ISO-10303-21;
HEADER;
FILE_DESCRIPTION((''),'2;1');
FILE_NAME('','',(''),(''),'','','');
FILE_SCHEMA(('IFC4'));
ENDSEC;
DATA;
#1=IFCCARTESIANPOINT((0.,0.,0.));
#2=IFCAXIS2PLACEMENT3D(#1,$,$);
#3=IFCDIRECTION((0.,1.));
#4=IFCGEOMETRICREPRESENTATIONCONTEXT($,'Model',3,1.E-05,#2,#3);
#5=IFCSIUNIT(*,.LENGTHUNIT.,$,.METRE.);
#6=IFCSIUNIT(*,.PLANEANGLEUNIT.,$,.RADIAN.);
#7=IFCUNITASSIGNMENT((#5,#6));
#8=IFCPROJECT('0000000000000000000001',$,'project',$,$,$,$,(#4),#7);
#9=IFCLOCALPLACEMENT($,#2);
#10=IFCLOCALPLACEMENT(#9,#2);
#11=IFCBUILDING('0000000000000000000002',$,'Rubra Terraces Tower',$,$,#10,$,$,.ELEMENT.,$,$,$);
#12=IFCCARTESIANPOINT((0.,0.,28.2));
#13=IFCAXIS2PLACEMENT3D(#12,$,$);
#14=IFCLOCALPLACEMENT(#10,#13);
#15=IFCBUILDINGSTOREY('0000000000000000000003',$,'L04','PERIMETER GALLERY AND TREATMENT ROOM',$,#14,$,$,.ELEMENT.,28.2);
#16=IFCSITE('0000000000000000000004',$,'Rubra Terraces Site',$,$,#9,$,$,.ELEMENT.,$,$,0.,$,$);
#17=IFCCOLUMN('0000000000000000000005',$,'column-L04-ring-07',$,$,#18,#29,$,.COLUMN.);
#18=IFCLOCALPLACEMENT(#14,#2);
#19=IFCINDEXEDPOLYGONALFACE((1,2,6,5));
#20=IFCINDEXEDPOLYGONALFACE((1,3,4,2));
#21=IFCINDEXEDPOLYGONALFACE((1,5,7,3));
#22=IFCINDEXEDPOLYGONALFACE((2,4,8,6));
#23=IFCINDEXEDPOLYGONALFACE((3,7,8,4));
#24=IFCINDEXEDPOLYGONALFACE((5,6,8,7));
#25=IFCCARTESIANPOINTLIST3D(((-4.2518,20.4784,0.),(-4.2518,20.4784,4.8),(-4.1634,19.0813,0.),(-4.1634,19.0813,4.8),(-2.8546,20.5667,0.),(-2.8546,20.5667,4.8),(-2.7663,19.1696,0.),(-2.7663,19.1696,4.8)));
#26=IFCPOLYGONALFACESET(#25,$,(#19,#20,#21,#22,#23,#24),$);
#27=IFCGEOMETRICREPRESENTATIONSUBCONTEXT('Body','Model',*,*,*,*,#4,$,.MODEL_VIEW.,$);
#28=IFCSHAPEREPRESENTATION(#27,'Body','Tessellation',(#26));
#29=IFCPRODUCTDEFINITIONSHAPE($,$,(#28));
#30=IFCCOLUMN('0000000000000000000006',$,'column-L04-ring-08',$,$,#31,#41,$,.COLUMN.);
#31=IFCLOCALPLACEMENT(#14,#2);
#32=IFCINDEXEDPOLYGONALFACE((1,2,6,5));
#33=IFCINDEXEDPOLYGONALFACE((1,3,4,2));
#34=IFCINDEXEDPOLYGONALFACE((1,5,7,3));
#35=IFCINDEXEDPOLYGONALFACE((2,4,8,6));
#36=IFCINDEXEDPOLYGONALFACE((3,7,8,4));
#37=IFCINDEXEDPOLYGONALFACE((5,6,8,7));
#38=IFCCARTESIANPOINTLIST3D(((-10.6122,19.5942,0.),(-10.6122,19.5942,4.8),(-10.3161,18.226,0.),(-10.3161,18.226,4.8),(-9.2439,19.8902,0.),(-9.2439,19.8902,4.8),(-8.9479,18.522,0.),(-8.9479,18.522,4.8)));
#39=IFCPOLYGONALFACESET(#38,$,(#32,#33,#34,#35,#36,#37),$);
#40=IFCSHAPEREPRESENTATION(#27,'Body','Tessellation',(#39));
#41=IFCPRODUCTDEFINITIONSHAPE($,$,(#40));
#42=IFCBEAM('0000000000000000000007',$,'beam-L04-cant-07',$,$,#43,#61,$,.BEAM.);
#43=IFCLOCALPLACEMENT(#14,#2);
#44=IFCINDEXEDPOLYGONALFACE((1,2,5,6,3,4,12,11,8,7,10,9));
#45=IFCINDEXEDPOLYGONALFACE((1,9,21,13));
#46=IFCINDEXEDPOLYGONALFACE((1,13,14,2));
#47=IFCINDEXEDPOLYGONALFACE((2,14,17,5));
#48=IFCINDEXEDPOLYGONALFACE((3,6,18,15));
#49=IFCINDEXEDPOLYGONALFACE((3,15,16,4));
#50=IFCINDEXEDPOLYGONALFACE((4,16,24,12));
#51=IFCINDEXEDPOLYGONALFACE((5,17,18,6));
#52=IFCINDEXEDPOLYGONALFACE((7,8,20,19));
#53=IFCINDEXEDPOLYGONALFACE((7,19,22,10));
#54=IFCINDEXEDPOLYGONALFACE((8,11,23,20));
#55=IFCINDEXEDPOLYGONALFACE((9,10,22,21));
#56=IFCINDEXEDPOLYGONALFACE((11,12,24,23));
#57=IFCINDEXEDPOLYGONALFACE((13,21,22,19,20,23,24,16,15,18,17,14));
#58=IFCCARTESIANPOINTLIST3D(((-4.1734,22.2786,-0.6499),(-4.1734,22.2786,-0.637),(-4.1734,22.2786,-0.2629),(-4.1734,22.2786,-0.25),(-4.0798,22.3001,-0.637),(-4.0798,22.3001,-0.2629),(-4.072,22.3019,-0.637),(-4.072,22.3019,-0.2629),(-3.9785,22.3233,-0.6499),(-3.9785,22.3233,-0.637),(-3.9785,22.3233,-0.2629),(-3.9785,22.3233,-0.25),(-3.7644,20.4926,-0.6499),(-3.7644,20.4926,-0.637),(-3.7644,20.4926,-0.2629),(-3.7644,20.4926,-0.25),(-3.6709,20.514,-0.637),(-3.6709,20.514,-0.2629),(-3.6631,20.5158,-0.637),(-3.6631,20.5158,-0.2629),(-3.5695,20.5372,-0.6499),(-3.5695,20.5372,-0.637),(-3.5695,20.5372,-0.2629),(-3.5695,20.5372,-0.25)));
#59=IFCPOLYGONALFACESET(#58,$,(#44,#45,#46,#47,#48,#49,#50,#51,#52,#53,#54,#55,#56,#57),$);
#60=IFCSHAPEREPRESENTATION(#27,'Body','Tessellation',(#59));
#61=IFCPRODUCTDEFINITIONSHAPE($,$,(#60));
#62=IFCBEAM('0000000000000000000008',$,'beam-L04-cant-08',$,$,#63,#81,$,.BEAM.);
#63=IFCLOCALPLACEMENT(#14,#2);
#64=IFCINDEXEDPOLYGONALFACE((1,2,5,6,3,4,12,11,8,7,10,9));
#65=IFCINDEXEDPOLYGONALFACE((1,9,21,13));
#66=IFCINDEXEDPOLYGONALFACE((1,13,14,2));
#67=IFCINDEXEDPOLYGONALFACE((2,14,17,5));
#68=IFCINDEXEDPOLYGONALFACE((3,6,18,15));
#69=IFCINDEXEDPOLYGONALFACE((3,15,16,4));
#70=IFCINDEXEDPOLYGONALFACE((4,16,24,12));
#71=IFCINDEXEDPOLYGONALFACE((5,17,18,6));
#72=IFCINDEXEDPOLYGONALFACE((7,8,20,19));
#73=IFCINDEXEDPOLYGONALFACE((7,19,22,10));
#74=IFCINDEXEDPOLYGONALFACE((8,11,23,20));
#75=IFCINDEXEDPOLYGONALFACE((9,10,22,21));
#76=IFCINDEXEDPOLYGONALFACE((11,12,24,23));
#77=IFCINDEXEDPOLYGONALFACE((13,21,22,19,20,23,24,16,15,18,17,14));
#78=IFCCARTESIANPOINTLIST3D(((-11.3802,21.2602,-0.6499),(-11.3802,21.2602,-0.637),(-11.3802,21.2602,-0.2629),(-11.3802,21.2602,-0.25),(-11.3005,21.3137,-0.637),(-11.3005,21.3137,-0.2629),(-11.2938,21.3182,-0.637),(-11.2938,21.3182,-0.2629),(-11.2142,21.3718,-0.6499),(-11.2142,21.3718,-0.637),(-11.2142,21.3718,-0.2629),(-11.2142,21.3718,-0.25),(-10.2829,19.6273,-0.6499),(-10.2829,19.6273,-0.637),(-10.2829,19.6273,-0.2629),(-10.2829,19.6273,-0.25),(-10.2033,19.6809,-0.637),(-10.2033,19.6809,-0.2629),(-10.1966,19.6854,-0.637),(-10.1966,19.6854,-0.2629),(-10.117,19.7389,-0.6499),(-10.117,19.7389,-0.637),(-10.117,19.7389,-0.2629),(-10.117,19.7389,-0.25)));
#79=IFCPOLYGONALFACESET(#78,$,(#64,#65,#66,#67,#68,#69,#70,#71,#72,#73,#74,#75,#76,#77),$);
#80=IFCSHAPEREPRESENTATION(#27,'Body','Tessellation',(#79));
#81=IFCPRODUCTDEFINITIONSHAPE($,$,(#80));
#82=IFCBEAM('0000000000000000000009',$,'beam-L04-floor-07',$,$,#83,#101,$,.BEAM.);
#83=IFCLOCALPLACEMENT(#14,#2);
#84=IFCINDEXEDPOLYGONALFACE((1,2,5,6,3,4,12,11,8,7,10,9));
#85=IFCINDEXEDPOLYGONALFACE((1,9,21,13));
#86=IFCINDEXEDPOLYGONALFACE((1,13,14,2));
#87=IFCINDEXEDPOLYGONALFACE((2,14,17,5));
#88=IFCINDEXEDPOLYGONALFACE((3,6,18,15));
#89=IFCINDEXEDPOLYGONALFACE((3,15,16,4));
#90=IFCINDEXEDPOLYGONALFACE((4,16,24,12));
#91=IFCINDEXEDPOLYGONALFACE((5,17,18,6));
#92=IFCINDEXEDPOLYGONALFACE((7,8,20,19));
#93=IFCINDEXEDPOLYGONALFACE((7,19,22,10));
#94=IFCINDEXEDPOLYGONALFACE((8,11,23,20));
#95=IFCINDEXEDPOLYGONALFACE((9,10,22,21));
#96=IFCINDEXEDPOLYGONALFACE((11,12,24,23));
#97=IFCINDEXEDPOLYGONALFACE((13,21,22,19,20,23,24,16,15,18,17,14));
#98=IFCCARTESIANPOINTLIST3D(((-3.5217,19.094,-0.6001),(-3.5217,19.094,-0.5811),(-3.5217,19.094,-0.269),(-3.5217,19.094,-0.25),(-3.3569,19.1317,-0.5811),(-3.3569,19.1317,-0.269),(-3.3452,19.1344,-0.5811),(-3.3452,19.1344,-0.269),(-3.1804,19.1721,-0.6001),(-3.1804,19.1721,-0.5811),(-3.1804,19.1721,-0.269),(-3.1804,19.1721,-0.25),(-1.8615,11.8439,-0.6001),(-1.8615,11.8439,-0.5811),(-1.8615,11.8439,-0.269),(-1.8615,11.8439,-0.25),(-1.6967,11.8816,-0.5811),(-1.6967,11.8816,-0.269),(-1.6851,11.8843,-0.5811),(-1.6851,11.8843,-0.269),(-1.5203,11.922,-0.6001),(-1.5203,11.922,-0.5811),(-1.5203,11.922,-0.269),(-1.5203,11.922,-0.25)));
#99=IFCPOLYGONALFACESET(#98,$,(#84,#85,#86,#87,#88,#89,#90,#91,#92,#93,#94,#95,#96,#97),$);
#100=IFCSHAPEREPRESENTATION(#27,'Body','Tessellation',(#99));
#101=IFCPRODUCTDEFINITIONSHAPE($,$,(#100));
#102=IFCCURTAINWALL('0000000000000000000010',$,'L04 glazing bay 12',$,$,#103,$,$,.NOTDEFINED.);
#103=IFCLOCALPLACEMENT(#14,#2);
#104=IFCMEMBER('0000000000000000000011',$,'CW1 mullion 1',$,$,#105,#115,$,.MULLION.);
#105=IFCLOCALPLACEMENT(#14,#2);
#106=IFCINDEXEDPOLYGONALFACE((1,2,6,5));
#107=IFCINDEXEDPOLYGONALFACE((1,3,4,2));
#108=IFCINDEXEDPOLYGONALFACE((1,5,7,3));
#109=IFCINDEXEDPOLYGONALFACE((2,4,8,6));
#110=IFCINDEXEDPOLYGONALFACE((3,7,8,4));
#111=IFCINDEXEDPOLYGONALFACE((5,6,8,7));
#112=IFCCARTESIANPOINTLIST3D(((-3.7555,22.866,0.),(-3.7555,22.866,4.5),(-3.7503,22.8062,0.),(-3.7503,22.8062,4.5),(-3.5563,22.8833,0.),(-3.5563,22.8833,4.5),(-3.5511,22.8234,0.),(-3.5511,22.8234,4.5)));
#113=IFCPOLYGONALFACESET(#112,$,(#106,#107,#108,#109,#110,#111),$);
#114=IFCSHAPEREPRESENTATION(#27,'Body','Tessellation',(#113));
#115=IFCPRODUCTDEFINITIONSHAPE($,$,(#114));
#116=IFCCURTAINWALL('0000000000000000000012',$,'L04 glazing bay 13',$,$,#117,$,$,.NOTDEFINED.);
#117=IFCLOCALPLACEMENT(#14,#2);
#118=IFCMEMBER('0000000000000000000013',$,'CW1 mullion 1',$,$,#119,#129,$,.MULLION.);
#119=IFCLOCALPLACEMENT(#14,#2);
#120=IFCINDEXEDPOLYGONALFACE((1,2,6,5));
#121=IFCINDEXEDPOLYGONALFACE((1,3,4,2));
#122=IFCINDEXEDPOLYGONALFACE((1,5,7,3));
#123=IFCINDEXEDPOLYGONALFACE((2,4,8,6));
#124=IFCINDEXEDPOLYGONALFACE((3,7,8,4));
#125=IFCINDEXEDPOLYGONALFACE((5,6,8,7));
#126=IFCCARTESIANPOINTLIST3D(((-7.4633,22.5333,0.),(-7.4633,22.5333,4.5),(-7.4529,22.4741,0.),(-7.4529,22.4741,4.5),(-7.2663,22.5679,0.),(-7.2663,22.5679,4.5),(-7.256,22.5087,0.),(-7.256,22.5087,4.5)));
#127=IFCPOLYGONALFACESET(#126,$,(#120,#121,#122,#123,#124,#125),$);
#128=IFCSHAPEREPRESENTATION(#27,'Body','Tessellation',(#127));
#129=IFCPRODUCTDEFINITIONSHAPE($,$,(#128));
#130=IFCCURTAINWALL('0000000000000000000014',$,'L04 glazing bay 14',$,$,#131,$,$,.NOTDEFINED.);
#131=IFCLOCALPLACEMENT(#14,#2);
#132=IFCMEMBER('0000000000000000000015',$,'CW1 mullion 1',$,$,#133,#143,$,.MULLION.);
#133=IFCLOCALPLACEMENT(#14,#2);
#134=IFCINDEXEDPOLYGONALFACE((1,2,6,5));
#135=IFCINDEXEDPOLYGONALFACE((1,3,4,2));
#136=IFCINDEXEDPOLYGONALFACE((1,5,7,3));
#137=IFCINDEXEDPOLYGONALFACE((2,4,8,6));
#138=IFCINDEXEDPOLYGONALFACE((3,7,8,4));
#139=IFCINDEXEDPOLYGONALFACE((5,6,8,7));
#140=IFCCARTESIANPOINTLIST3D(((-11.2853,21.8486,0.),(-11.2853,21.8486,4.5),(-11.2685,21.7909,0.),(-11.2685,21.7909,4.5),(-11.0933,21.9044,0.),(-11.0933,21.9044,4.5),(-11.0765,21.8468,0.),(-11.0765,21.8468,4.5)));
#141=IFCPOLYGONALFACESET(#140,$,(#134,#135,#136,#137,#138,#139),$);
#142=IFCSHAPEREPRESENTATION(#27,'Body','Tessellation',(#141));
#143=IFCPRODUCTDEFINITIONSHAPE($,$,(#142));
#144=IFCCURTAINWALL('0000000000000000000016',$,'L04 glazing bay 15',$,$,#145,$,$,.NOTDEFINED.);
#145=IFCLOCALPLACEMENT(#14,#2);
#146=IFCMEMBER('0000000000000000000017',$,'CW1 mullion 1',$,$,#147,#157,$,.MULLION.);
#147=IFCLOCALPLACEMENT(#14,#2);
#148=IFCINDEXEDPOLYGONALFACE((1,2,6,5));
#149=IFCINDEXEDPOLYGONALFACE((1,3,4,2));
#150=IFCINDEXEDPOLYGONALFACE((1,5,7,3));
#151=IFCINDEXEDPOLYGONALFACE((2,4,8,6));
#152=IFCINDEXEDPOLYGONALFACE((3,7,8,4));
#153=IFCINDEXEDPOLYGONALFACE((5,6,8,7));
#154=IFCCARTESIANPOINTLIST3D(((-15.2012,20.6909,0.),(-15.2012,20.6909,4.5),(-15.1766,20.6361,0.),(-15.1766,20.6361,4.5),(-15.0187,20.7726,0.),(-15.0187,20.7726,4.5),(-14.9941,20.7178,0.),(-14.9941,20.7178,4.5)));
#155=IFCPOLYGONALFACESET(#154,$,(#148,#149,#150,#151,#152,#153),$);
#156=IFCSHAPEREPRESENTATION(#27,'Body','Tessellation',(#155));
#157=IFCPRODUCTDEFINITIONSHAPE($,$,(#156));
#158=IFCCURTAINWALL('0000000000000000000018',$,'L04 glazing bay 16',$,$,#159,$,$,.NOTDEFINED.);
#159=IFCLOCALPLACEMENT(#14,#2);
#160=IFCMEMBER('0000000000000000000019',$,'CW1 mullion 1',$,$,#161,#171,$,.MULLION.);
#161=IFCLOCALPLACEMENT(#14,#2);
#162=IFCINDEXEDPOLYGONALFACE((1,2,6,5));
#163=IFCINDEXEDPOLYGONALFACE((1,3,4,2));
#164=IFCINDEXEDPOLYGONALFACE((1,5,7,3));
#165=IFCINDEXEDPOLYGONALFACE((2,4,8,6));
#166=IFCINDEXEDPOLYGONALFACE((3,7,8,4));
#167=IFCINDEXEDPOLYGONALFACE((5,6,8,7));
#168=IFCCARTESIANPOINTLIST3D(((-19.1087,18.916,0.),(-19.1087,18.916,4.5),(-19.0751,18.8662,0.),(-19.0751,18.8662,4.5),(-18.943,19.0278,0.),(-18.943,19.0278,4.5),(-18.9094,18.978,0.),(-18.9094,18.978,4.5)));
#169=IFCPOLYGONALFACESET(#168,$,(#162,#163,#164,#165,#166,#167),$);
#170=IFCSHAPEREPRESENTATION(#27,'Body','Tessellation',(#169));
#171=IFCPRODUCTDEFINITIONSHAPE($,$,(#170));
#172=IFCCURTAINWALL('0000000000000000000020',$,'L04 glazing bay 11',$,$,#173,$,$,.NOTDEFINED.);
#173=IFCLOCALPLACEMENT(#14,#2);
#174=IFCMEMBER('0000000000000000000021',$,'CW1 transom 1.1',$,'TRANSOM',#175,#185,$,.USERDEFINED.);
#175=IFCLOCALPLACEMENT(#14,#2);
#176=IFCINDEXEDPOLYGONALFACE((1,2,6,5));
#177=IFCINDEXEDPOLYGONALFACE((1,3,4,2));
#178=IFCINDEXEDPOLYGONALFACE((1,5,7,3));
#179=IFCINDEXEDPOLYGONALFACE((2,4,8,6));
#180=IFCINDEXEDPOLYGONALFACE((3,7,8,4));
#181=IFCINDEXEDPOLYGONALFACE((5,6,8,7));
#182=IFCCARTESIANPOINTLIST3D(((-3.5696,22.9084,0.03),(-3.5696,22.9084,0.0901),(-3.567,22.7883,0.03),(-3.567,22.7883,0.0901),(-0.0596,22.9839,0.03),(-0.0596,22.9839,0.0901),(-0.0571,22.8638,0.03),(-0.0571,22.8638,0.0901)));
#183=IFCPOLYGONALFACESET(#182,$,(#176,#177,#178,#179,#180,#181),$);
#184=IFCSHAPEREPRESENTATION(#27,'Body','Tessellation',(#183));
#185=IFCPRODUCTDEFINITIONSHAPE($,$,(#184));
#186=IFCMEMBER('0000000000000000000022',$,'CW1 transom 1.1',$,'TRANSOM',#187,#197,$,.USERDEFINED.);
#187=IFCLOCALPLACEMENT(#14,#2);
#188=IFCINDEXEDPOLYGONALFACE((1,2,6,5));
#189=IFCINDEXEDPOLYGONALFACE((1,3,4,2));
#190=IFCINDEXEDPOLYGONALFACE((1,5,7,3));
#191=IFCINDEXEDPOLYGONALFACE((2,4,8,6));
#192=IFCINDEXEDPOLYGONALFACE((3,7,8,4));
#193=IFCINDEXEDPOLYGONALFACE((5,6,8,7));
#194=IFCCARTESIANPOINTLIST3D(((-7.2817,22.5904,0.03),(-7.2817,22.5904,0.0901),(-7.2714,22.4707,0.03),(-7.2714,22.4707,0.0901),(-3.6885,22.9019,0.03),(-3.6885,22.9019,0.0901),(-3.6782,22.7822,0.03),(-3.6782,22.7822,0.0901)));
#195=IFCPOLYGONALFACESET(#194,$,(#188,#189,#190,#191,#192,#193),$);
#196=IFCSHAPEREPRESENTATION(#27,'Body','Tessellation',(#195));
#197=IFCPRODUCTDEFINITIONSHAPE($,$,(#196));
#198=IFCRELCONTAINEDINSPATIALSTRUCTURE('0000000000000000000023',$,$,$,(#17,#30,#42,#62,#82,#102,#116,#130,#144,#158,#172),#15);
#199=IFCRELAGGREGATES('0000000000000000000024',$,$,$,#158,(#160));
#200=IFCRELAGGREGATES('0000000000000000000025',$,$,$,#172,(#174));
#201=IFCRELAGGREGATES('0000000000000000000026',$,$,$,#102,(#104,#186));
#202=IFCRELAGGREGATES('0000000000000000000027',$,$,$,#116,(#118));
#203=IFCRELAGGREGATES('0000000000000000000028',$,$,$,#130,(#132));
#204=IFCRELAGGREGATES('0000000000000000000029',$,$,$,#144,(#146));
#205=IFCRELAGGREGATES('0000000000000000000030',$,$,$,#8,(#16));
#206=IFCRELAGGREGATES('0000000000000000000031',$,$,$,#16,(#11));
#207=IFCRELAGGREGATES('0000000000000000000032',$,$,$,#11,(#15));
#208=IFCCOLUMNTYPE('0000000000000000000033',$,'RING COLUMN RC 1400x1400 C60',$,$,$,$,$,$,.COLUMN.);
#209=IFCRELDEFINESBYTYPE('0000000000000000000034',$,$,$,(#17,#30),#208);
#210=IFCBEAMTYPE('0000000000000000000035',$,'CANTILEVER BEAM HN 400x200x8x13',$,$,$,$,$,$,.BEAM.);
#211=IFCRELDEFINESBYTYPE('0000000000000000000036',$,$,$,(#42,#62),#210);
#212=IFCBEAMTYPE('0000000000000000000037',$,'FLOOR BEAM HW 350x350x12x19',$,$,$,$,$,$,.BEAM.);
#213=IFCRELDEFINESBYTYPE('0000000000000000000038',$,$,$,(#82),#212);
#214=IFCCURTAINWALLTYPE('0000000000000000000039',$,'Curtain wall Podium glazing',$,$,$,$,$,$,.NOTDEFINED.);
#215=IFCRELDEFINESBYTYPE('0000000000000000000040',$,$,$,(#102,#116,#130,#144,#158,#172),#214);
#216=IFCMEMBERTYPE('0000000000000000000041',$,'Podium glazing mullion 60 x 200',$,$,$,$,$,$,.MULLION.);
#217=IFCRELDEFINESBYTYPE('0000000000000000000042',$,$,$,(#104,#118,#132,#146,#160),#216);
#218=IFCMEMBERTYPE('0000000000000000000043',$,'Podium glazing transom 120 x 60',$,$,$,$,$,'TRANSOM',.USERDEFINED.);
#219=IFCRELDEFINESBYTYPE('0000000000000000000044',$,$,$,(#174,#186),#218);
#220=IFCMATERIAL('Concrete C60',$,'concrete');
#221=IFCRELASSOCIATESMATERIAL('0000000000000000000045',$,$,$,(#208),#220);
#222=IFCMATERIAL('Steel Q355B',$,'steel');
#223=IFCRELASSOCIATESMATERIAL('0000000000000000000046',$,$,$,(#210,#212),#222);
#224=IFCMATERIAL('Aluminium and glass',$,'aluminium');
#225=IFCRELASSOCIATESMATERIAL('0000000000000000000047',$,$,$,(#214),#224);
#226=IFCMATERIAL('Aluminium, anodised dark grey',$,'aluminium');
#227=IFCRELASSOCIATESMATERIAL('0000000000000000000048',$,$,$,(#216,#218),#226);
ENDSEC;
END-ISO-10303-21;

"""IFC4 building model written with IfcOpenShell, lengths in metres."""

from ifc_helpers import new_model, si_unit, direction, frame, origin, origin_2d, place, context, subcontext, project, spatial, rectangle, i_section, extrude, material, material_profile, profile_set, type_object, element, aggregate, save


model = new_model("IFC4")

# Units and contexts
model_context = context("Model", 3, precision=1e-05, world=origin(), true_north=direction((0.0, 1.0)))
body_context = subcontext(model_context, "Body", "Model", "MODEL_VIEW")
ifc_project = project(units=[si_unit("LENGTHUNIT", "METRE"), si_unit("PLANEANGLEUNIT", "RADIAN")], contexts=[model_context])

# Site, building, storey
site_placement = place(None, origin())
site = spatial("IfcSite", under=ifc_project, at=site_placement, Name="Rubra Terraces Site", CompositionType="ELEMENT", RefElevation=0.0)
building_placement = place(site_placement, origin())
building = spatial("IfcBuilding", under=site, at=building_placement, Name="Rubra Terraces Tower", CompositionType="ELEMENT")
storey_placement = place(building_placement, frame((0.0, 0.0, 28.2)))
storey = spatial("IfcBuildingStorey", under=building, at=storey_placement, Name="L04", Description="PERIMETER GALLERY AND TREATMENT ROOM", CompositionType="ELEMENT", Elevation=28.2)

# Columns
ifc_material_1 = material(Name="Concrete C60", Category="concrete")
ifc_material_profile_1 = material_profile(ifc_material_1, rectangle(XDim=1.3999, YDim=1.3999, at=origin_2d()), Name="RC 1400x1400")
ifc_profile_set_1 = profile_set([ifc_material_profile_1], Name="Concrete C60")
column_type = type_object("IfcColumnType", Name="RING COLUMN RC 1400x1400 C60", PredefinedType="COLUMN", material=ifc_profile_set_1)
for number, where, z_axis, x_axis, name in (
    (1, (-3.509, 19.824, 0.0), (0.0, 0.0, 1.0), (-0.998008, -0.063094, 0.0), "column-L04-ring-07"),
    (2, (-9.78, 19.0581, 0.0), (0.0, 0.0, 1.0), (-0.977386, -0.211462, 0.0), "column-L04-ring-08"),
):
    element("IfcColumn", number, at=place(storey_placement, frame(where, z_axis=z_axis, x_axis=x_axis)), inside=storey, type_object=column_type, Name=name, PredefinedType="COLUMN", context=body_context, shape_type="SweptSolid", body=[
        extrude(rectangle(XDim=1.3999, YDim=1.3999, at=origin_2d()), origin(), (0.0, 0.0, 1.0), 4.8),
    ])

# Beams
ifc_material_2 = material(Name="Steel Q355B", Category="steel")
ifc_material_profile_2 = material_profile(ifc_material_2, i_section(OverallWidth=0.2, OverallDepth=0.3999, WebThickness=0.0081, FlangeThickness=0.0129, at=origin_2d()), Name="HN 400x200x8x13")
ifc_profile_set_2 = profile_set([ifc_material_profile_2], Name="Steel Q355B")
beam_type_1 = type_object("IfcBeamType", Name="CANTILEVER BEAM HN 400x200x8x13", PredefinedType="BEAM", material=ifc_profile_set_2)
beam_1_placement = place(storey_placement, frame((-3.667, 20.5149, -0.45), z_axis=(-0.223176, 0.974778, 0.0), x_axis=(-0.974778, -0.223176, 0.0)))
element("IfcBeam", 3, at=beam_1_placement, inside=storey, type_object=beam_type_1, Name="beam-L04-cant-07", PredefinedType="BEAM", context=body_context, shape_type="SweptSolid", body=[
    extrude(i_section(OverallWidth=0.2, OverallDepth=0.3999, WebThickness=0.0081, FlangeThickness=0.0129, at=origin_2d()), origin(), (0.0, 0.0, 1.0), 1.8323),
])
beam_2_placement = place(storey_placement, frame((-10.2, 19.6831, -0.45), z_axis=(-0.557732, 0.830021, 0.0), x_axis=(-0.830021, -0.557732, 0.0)))
element("IfcBeam", 4, at=beam_2_placement, inside=storey, type_object=beam_type_1, Name="beam-L04-cant-08", PredefinedType="BEAM", context=body_context, shape_type="SweptSolid", body=[
    extrude(i_section(OverallWidth=0.2, OverallDepth=0.3999, WebThickness=0.0081, FlangeThickness=0.0129, at=origin_2d()), origin(), (0.0, 0.0, 1.0), 1.9673),
])
ifc_material_profile_3 = material_profile(ifc_material_2, i_section(OverallWidth=0.3501, OverallDepth=0.3501, WebThickness=0.012, FlangeThickness=0.019, at=origin_2d()), Name="HW 350x350x12x19")
ifc_profile_set_3 = profile_set([ifc_material_profile_3], Name="Steel Q355B")
beam_type_2 = type_object("IfcBeamType", Name="FLOOR BEAM HW 350x350x12x19", PredefinedType="BEAM", material=ifc_profile_set_3)
beam_3_placement = place(storey_placement, frame((-3.3511, 19.1331, -0.425), z_axis=(0.22321, -0.97477, 0.0), x_axis=(0.97477, 0.22321, 0.0)))
element("IfcBeam", 5, at=beam_3_placement, inside=storey, type_object=beam_type_2, Name="beam-L04-floor-07", PredefinedType="BEAM", context=body_context, shape_type="SweptSolid", body=[
    extrude(i_section(OverallWidth=0.3501, OverallDepth=0.3501, WebThickness=0.012, FlangeThickness=0.019, at=origin_2d()), origin(), (0.0, 0.0, 1.0), 7.4377),
])

# Curtain walls, members
ifc_material_3 = material(Name="Aluminium and glass", Category="aluminium")
curtain_wall_type = type_object("IfcCurtainWallType", Name="Curtain wall Podium glazing", PredefinedType="NOTDEFINED", material=ifc_material_3)
curtain_wall_1_placement = place(storey_placement, origin())
curtain_wall_1 = element("IfcCurtainWall", 6, at=curtain_wall_1_placement, inside=storey, type_object=curtain_wall_type, Name="L04 glazing bay 12", PredefinedType="NOTDEFINED")
ifc_material_4 = material(Name="Aluminium, anodised dark grey", Category="aluminium")
ifc_material_profile_4 = material_profile(ifc_material_4, rectangle(XDim=0.0601, YDim=0.2, at=origin_2d()), Name="AL 60x200")
ifc_profile_set_4 = profile_set([ifc_material_profile_4], Name="Aluminium, anodised dark grey")
member_type_1 = type_object("IfcMemberType", Name="Podium glazing mullion 60 x 200", PredefinedType="MULLION", material=ifc_profile_set_4)
member_1_placement = place(storey_placement, frame((-3.6533, 22.8447, 0.0), z_axis=(0.0, 0.0, 1.0), x_axis=(0.086398, -0.996261, 0.0)))
member_1 = element("IfcMember", 7, at=member_1_placement, type_object=member_type_1, Name="CW1 mullion 1", PredefinedType="MULLION", context=body_context, shape_type="SweptSolid", body=[
    extrude(rectangle(XDim=0.0601, YDim=0.2, at=origin_2d()), origin(), (0.0, 0.0, 1.0), 4.5),
])
curtain_wall_2_placement = place(storey_placement, origin())
curtain_wall_2 = element("IfcCurtainWall", 8, at=curtain_wall_2_placement, inside=storey, type_object=curtain_wall_type, Name="L04 glazing bay 13", PredefinedType="NOTDEFINED")
member_2_placement = place(storey_placement, frame((-7.3596, 22.521, 0.0), z_axis=(0.0, 0.0, 1.0), x_axis=(0.172817, -0.984954, 0.0)))
member_2 = element("IfcMember", 9, at=member_2_placement, type_object=member_type_1, Name="CW1 mullion 1", PredefinedType="MULLION", context=body_context, shape_type="SweptSolid", body=[
    extrude(rectangle(XDim=0.0601, YDim=0.2, at=origin_2d()), origin(), (0.0, 0.0, 1.0), 4.5),
])
curtain_wall_3_placement = place(storey_placement, origin())
curtain_wall_3 = element("IfcCurtainWall", 10, at=curtain_wall_3_placement, inside=storey, type_object=curtain_wall_type, Name="L04 glazing bay 14", PredefinedType="NOTDEFINED")
member_3_placement = place(storey_placement, frame((-11.1809, 21.8477, 0.0), z_axis=(0.0, 0.0, 1.0), x_axis=(0.279399, -0.960175, 0.0)))
member_3 = element("IfcMember", 11, at=member_3_placement, type_object=member_type_1, Name="CW1 mullion 1", PredefinedType="MULLION", context=body_context, shape_type="SweptSolid", body=[
    extrude(rectangle(XDim=0.0601, YDim=0.2, at=origin_2d()), origin(), (0.0, 0.0, 1.0), 4.5),
])
curtain_wall_4_placement = place(storey_placement, origin())
curtain_wall_4 = element("IfcCurtainWall", 12, at=curtain_wall_4_placement, inside=storey, type_object=curtain_wall_type, Name="L04 glazing bay 15", PredefinedType="NOTDEFINED")
member_4_placement = place(storey_placement, frame((-15.0977, 20.7043, 0.0), z_axis=(0.0, 0.0, 1.0), x_axis=(0.408962, -0.912551, 0.0)))
member_4 = element("IfcMember", 13, at=member_4_placement, type_object=member_type_1, Name="CW1 mullion 1", PredefinedType="MULLION", context=body_context, shape_type="SweptSolid", body=[
    extrude(rectangle(XDim=0.0601, YDim=0.2, at=origin_2d()), origin(), (0.0, 0.0, 1.0), 4.5),
])
curtain_wall_5_placement = place(storey_placement, origin())
curtain_wall_5 = element("IfcCurtainWall", 14, at=curtain_wall_5_placement, inside=storey, type_object=curtain_wall_type, Name="L04 glazing bay 16", PredefinedType="NOTDEFINED")
member_5_placement = place(storey_placement, frame((-19.009, 18.947, 0.0), z_axis=(0.0, 0.0, 1.0), x_axis=(0.559277, -0.828981, 0.0)))
member_5 = element("IfcMember", 15, at=member_5_placement, type_object=member_type_1, Name="CW1 mullion 1", PredefinedType="MULLION", context=body_context, shape_type="SweptSolid", body=[
    extrude(rectangle(XDim=0.0601, YDim=0.2, at=origin_2d()), origin(), (0.0, 0.0, 1.0), 4.5),
])
aggregate(curtain_wall_5, [member_5])
curtain_wall_6_placement = place(storey_placement, origin())
curtain_wall_6 = element("IfcCurtainWall", 16, at=curtain_wall_6_placement, inside=storey, type_object=curtain_wall_type, Name="L04 glazing bay 11", PredefinedType="NOTDEFINED")
ifc_material_profile_5 = material_profile(ifc_material_4, rectangle(XDim=0.1201, YDim=0.0601, at=origin_2d()), Name="AL 120x60")
ifc_profile_set_5 = profile_set([ifc_material_profile_5], Name="Aluminium, anodised dark grey")
member_type_2 = type_object("IfcMemberType", Name="Podium glazing transom 120 x 60", ElementType="TRANSOM", PredefinedType="USERDEFINED", material=ifc_profile_set_5)
member_6_placement = place(storey_placement, frame((-0.0583, 22.9238, 0.0601), z_axis=(-0.999769, -0.021488, 0.0), x_axis=(0.021488, -0.999769, 0.0)))
member_6 = element("IfcMember", 17, at=member_6_placement, type_object=member_type_2, Name="CW1 transom 1.1", ObjectType="TRANSOM", PredefinedType="USERDEFINED", context=body_context, shape_type="SweptSolid", body=[
    extrude(rectangle(XDim=0.1201, YDim=0.0601, at=origin_2d()), origin(), (0.0, 0.0, 1.0), 3.5107),
])

# Member
member_7_placement = place(storey_placement, frame((-3.6833, 22.842, 0.0601), z_axis=(-0.996263, -0.086373, 0.0), x_axis=(0.086373, -0.996263, 0.0)))
member_7 = element("IfcMember", 18, at=member_7_placement, type_object=member_type_2, Name="CW1 transom 1.1", ObjectType="TRANSOM", PredefinedType="USERDEFINED", context=body_context, shape_type="SweptSolid", body=[
    extrude(rectangle(XDim=0.1201, YDim=0.0601, at=origin_2d()), origin(), (0.0, 0.0, 1.0), 3.6067),
])

aggregate(curtain_wall_6, [member_6])
aggregate(curtain_wall_1, [member_1, member_7])
aggregate(curtain_wall_2, [member_2])
aggregate(curtain_wall_3, [member_3])
aggregate(curtain_wall_4, [member_4])

save(model, "model.ifc")
